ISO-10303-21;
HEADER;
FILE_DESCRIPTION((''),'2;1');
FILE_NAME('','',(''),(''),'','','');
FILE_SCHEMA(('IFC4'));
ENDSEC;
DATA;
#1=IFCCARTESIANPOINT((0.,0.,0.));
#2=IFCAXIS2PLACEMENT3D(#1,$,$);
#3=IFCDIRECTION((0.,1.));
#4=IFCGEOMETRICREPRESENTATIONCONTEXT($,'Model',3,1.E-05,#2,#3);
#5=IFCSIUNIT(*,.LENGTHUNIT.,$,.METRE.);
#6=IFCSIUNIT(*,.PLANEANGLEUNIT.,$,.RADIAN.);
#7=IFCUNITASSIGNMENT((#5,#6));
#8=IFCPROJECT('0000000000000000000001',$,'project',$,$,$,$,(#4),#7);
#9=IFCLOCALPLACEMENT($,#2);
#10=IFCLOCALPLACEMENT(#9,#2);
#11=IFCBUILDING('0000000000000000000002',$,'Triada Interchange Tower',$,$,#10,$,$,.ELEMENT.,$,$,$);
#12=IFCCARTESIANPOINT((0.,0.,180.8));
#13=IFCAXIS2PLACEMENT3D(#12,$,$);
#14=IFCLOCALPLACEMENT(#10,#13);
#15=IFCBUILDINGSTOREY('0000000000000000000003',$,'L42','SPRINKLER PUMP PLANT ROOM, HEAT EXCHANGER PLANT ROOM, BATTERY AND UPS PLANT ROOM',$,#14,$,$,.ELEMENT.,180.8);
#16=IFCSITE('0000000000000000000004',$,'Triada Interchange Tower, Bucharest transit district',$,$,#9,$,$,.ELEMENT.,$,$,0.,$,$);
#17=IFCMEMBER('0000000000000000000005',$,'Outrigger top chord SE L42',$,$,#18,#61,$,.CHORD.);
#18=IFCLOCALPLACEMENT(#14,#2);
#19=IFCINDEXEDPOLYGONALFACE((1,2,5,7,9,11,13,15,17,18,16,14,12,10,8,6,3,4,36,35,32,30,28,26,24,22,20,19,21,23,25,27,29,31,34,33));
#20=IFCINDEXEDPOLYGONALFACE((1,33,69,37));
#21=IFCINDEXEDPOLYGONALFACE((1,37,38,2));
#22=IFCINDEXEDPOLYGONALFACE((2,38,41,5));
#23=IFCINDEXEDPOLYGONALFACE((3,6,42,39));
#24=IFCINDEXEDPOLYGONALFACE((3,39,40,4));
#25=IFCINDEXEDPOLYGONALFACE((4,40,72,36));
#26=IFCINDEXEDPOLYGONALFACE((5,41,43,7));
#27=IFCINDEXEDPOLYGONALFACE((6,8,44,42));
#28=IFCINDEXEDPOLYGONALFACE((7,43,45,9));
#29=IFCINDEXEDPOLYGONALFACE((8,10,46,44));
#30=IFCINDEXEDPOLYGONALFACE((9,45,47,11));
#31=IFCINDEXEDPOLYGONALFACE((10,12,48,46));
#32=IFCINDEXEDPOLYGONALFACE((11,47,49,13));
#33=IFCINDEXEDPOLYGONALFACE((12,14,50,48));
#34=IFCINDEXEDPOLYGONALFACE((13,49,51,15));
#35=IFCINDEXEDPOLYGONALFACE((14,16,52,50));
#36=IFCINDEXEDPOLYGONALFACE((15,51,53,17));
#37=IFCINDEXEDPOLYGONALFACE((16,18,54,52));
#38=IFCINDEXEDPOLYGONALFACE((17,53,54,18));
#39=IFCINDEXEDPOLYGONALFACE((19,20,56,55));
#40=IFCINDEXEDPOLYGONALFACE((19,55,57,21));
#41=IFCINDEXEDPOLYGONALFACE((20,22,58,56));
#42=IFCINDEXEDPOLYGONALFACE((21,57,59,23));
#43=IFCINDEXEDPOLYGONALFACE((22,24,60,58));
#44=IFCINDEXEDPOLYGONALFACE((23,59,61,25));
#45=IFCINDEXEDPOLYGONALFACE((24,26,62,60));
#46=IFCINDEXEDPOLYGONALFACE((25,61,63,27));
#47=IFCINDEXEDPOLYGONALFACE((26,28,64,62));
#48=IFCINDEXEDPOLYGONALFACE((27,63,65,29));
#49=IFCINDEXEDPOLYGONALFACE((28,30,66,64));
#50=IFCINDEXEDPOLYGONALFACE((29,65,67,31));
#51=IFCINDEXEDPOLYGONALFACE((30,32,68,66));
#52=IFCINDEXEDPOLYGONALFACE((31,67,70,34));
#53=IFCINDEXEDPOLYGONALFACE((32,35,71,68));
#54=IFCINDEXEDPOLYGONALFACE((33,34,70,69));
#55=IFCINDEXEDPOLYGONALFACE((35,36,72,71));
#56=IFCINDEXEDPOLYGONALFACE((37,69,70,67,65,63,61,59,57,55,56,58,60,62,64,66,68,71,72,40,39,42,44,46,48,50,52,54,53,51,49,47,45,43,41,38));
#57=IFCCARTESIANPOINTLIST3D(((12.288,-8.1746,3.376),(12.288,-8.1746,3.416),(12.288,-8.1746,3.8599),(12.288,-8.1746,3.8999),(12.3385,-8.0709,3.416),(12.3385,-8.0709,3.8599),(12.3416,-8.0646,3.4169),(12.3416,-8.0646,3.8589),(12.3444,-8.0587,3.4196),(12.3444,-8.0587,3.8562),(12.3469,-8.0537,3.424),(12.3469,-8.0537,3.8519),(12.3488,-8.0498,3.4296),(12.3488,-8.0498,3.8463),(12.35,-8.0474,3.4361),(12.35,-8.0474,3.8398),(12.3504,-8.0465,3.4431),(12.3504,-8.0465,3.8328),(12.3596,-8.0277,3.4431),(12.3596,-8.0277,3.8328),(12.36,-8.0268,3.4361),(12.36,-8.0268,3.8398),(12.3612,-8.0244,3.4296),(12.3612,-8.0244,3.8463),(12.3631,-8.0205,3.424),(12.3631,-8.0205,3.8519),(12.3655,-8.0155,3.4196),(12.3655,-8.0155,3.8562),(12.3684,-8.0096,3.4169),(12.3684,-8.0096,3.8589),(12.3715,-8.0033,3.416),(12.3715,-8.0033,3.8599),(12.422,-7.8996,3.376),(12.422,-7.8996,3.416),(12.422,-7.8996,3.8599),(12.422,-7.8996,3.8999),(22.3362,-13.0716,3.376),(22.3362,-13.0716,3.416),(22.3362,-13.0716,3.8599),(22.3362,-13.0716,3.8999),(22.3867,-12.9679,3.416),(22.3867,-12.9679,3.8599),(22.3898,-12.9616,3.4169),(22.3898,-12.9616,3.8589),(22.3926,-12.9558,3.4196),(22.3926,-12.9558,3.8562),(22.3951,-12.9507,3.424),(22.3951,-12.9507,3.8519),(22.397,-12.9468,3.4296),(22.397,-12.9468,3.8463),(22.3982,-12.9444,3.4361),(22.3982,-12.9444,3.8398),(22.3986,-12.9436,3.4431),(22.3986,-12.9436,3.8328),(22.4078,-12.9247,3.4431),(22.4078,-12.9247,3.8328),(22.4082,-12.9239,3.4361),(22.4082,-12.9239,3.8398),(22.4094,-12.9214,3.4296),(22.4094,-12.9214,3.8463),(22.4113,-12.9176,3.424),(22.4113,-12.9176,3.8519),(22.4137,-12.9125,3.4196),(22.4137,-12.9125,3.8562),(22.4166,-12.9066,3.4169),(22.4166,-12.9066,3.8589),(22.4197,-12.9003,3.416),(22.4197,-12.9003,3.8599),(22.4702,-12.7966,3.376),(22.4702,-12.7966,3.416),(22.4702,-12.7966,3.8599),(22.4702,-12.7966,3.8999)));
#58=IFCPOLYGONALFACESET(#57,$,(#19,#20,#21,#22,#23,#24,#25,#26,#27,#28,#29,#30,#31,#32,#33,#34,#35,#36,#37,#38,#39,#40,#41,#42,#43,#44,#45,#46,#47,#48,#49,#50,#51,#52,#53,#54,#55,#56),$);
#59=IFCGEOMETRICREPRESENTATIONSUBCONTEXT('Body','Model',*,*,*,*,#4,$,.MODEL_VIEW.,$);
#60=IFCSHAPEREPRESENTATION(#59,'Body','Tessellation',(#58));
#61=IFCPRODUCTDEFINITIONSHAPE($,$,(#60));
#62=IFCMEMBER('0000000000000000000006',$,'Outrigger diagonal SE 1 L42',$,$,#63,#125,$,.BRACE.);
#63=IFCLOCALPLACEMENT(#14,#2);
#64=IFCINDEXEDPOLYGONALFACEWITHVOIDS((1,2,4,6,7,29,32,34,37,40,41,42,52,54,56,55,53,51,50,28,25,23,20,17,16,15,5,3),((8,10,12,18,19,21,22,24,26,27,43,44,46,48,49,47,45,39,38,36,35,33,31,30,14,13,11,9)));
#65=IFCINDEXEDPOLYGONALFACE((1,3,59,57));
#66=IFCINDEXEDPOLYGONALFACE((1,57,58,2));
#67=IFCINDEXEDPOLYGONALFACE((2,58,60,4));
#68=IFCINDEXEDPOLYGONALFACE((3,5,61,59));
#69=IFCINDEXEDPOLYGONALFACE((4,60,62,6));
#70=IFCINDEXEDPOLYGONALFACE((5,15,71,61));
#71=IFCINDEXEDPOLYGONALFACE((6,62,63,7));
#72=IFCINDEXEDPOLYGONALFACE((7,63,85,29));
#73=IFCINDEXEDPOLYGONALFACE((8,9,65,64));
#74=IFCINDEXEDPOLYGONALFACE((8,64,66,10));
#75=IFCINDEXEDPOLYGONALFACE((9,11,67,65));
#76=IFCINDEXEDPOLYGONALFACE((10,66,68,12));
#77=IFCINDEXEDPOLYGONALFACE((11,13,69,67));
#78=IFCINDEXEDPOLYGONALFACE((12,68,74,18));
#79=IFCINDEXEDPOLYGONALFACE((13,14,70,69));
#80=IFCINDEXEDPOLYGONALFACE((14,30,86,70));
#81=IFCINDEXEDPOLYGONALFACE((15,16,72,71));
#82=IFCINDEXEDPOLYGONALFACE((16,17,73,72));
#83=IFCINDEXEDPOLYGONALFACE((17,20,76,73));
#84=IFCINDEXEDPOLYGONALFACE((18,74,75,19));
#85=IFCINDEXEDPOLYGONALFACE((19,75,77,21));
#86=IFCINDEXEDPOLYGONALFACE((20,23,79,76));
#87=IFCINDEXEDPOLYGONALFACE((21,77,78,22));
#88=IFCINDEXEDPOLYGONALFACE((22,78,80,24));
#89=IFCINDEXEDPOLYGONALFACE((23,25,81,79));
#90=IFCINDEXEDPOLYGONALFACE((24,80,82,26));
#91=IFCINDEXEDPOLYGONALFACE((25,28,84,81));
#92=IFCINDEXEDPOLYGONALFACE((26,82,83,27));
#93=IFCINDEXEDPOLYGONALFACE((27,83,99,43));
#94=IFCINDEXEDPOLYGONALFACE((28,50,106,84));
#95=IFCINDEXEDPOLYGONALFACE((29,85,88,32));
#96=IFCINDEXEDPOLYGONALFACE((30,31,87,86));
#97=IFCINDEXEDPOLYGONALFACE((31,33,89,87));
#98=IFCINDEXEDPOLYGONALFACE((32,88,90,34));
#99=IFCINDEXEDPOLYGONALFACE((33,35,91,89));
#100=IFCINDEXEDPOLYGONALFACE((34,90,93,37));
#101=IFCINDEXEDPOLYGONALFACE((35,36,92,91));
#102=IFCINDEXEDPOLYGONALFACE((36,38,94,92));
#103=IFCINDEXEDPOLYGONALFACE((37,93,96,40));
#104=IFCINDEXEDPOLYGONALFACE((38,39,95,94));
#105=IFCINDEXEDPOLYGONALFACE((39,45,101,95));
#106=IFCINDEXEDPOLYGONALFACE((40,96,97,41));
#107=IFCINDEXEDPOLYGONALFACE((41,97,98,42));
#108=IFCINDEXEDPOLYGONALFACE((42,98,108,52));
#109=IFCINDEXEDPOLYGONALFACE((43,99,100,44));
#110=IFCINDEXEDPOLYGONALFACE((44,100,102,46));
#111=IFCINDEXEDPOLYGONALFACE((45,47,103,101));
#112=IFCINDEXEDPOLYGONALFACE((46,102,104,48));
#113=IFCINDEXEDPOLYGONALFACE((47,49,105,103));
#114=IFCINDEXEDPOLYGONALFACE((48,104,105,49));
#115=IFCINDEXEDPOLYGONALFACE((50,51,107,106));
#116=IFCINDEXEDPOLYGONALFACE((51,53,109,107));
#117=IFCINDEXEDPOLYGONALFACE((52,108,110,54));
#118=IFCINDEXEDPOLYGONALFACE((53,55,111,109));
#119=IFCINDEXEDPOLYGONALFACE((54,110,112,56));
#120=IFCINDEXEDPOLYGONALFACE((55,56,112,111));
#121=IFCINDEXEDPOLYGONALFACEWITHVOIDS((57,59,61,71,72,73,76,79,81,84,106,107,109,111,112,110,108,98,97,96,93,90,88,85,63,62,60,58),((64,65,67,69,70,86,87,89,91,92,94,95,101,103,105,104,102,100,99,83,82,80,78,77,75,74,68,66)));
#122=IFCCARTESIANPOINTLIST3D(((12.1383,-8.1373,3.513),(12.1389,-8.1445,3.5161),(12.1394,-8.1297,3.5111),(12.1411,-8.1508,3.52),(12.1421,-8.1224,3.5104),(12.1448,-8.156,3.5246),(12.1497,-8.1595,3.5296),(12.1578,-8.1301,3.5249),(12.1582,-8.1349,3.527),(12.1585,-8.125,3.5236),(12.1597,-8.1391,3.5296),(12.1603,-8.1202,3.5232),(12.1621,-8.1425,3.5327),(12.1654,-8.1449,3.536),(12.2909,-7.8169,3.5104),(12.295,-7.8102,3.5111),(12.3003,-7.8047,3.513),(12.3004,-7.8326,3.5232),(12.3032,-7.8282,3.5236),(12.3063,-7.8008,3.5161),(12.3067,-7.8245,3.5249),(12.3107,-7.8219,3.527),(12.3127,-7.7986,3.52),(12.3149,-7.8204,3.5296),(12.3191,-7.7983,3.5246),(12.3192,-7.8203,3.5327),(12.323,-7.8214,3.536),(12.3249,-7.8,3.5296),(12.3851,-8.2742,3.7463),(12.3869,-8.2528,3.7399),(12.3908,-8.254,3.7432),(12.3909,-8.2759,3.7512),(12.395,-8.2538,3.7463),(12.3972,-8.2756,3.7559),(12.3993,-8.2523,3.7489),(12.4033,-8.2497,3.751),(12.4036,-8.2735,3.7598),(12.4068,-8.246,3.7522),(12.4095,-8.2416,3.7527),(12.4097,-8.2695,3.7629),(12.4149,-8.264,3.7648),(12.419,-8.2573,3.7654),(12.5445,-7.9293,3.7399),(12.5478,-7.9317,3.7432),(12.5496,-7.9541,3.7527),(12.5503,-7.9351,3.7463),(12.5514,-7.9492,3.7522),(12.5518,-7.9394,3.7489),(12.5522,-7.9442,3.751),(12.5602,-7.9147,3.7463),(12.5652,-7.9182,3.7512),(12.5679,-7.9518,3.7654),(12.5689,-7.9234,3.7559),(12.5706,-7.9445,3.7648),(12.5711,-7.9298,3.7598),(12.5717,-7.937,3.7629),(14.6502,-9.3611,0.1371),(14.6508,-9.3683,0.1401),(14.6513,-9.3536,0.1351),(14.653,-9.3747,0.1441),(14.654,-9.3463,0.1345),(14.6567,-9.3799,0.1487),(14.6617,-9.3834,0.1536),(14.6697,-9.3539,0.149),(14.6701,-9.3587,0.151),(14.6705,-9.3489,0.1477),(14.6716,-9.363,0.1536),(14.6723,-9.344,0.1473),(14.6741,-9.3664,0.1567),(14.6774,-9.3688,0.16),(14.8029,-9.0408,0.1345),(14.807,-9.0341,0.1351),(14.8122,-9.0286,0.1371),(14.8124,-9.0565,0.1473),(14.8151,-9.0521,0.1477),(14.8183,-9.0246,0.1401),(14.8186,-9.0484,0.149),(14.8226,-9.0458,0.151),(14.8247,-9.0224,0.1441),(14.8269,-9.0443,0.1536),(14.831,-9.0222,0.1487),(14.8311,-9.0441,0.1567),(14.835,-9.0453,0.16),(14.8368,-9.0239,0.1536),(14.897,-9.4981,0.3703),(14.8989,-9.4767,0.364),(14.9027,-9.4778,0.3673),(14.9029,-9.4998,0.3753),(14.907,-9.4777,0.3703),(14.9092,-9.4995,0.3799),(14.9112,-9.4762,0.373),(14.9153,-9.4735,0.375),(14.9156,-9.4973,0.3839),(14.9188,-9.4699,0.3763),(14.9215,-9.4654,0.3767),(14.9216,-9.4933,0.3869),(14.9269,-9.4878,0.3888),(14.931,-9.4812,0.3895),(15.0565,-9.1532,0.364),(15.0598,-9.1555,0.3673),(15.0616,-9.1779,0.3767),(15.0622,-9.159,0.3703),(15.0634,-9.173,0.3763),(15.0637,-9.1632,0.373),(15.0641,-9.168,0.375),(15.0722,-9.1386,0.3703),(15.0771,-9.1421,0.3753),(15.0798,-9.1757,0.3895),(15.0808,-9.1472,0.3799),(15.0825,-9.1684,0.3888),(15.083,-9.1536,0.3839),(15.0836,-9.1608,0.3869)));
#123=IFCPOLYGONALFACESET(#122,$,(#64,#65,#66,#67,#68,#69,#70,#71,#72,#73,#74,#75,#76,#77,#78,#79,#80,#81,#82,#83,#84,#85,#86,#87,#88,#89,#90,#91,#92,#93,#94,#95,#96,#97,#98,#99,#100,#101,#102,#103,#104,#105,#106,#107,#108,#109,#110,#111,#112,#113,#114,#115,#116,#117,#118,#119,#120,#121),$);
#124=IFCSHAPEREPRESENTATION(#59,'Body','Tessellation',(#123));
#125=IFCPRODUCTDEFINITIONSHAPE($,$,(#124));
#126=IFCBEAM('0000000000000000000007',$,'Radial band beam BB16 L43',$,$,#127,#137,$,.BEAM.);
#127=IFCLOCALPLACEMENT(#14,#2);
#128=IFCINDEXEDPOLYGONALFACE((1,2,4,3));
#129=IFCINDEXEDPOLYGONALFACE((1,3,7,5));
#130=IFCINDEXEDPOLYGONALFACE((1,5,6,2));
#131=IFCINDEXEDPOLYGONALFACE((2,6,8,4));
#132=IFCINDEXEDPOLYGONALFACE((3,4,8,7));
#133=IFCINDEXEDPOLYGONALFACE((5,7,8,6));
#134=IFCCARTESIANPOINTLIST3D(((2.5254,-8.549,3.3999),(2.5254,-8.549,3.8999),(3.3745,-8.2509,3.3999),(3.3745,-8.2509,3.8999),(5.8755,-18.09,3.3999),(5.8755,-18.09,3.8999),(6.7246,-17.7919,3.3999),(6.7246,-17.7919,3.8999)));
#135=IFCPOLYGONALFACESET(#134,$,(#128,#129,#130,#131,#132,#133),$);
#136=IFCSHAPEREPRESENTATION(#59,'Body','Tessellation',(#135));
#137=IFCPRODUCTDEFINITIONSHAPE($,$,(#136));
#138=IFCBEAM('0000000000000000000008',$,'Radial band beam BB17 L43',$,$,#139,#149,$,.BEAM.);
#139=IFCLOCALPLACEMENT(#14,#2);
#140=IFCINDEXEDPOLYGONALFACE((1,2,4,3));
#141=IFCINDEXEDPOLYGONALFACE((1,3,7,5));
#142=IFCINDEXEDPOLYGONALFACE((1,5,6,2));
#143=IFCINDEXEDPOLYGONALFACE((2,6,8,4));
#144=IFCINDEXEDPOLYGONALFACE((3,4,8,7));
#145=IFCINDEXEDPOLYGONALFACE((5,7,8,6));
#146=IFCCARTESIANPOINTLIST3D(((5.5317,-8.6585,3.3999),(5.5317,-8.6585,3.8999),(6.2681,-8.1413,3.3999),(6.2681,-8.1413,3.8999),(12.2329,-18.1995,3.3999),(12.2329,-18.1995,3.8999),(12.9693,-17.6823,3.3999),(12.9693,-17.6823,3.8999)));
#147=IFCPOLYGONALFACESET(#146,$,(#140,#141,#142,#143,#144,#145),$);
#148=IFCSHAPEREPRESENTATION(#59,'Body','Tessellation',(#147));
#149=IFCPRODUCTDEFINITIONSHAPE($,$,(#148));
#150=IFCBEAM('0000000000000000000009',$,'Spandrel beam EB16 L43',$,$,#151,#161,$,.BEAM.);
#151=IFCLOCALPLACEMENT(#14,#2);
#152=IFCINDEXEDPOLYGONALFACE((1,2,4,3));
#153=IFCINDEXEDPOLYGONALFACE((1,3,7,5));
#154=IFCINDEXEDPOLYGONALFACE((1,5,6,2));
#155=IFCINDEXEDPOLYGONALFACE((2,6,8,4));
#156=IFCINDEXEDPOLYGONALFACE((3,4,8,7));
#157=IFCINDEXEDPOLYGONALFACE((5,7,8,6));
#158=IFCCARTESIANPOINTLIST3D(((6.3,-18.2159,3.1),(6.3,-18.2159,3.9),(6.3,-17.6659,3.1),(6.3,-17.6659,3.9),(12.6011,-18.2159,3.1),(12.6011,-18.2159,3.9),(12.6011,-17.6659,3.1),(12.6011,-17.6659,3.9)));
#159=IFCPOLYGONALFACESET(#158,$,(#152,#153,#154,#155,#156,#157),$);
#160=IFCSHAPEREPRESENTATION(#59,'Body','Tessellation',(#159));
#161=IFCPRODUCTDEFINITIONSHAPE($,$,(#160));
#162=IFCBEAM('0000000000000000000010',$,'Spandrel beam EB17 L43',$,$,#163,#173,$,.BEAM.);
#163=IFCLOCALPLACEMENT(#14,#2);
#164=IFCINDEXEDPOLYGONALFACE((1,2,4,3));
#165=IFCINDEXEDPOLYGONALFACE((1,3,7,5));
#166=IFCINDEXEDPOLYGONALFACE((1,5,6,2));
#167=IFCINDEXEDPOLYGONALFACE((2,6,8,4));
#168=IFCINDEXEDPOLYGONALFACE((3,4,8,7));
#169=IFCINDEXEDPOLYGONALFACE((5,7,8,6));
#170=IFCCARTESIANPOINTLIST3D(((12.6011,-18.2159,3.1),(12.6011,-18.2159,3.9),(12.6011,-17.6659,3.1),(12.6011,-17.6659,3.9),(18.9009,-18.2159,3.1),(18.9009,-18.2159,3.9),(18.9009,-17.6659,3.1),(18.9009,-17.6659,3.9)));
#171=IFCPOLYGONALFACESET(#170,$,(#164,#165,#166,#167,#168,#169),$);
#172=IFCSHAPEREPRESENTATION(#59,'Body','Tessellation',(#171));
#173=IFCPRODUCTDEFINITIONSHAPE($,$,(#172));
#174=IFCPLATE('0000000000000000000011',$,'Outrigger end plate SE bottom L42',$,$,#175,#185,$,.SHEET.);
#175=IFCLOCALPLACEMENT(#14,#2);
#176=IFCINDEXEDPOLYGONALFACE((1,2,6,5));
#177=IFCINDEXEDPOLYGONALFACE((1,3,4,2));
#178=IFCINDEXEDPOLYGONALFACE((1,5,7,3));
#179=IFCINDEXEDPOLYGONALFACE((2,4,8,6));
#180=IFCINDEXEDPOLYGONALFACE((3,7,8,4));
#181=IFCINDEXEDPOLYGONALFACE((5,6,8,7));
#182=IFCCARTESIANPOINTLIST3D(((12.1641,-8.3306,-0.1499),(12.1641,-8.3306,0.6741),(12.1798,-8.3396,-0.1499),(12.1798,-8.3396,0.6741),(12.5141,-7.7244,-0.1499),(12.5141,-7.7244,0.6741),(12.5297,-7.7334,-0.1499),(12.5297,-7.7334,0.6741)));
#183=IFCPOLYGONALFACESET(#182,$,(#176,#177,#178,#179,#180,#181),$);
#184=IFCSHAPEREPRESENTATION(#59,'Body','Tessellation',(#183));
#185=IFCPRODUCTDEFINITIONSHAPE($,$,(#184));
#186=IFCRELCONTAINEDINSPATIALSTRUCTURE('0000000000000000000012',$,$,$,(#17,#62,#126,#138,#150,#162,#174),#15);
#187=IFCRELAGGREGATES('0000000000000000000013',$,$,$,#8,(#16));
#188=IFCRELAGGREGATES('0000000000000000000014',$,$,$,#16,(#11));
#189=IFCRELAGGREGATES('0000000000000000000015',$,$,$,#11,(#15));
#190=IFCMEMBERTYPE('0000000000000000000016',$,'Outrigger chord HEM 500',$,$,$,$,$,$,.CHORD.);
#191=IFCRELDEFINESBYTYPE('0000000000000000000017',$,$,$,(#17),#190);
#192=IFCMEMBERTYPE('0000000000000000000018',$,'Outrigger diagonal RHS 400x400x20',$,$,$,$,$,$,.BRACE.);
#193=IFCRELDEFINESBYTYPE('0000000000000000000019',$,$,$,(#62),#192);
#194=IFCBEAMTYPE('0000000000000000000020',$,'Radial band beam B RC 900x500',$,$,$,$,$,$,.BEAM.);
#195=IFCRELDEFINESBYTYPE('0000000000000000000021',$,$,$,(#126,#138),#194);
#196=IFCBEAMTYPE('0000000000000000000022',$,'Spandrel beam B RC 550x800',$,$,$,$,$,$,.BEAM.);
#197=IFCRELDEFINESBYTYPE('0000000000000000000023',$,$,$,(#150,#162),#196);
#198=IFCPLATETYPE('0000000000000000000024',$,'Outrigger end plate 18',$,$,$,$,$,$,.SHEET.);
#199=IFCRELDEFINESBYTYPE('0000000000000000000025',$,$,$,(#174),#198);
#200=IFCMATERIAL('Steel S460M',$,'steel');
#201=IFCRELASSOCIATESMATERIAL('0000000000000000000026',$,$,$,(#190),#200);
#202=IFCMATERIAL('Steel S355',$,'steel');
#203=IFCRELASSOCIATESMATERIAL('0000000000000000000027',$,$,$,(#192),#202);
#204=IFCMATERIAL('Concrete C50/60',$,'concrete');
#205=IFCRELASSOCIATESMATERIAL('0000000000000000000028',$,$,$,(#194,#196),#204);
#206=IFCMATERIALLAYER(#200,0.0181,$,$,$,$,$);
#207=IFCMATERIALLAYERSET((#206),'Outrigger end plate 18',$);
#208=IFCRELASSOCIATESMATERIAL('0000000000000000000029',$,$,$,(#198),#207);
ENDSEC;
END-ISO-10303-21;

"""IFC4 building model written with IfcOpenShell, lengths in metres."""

from ifc_helpers import new_model, si_unit, direction, frame, origin, origin_2d, place, context, subcontext, project, spatial, rectangle, hollow_rectangle, i_section, extrude, material, layer, layer_set, material_profile, profile_set, type_object, element, save


model = new_model("IFC4")

# Units and contexts
model_context = context("Model", 3, precision=1e-05, world=origin(), true_north=direction((0.0, 1.0)))
body_context = subcontext(model_context, "Body", "Model", "MODEL_VIEW")
ifc_project = project(units=[si_unit("LENGTHUNIT", "METRE"), si_unit("PLANEANGLEUNIT", "RADIAN")], contexts=[model_context])

# Site, building, storey
site_placement = place(None, origin())
site = spatial("IfcSite", under=ifc_project, at=site_placement, Name="Triada Interchange Tower, Bucharest transit district", CompositionType="ELEMENT", RefElevation=0.0)
building_placement = place(site_placement, origin())
building = spatial("IfcBuilding", under=site, at=building_placement, Name="Triada Interchange Tower", CompositionType="ELEMENT")
storey_placement = place(building_placement, frame((0.0, 0.0, 180.8)))
storey = spatial("IfcBuildingStorey", under=building, at=storey_placement, Name="L42", Description="SPRINKLER PUMP PLANT ROOM, HEAT EXCHANGER PLANT ROOM, BATTERY AND UPS PLANT ROOM", CompositionType="ELEMENT", Elevation=180.8)

# Members
ifc_material_1 = material(Name="Steel S355", Category="steel")
ifc_material_2 = material(Name="Steel S460M", Category="steel")
ifc_material_profile_1 = material_profile(ifc_material_2, i_section(OverallWidth=0.3059, OverallDepth=0.5239, WebThickness=0.021, FlangeThickness=0.04, FilletRadius=0.0271, at=origin_2d()), Name="HEM 500")
ifc_profile_set_1 = profile_set([ifc_material_profile_1], Name="Steel S460M")
member_type_1 = type_object("IfcMemberType", Name="Outrigger chord HEM 500", PredefinedType="CHORD", material=ifc_profile_set_1)
for number, where, z_axis, x_axis, name in (
    (1, (12.355, -8.0371, 3.6379), (0.898928, -0.438096, 0.0), (0.438096, 0.898928, 0.0), "Outrigger top chord SE L42"),
):
    element("IfcMember", number, at=place(storey_placement, frame(where, z_axis=z_axis, x_axis=x_axis)), inside=storey, type_object=member_type_1, Name=name, PredefinedType="CHORD", context=body_context, shape_type="SweptSolid", body=[
        extrude(i_section(OverallWidth=0.3059, OverallDepth=0.5239, WebThickness=0.021, FlangeThickness=0.04, FilletRadius=0.0271, at=origin_2d()), origin(), (0.0, 0.0, 1.0), 11.178),
    ])
ifc_material_profile_2 = material_profile(ifc_material_1, hollow_rectangle(XDim=0.3999, YDim=0.3999, WallThickness=0.02, InnerFilletRadius=0.02, OuterFilletRadius=0.03, at=origin_2d()), Name="RHS 400x400x20")
ifc_profile_set_2 = profile_set([ifc_material_profile_2], Name="Steel S355")
member_type_2 = type_object("IfcMemberType", Name="Outrigger diagonal RHS 400x400x20", PredefinedType="BRACE", material=ifc_profile_set_2)
member_1_placement = place(storey_placement, frame((12.355, -8.0371, 3.6379), z_axis=(0.573199, -0.279274, -0.770356), x_axis=(0.437998, 0.898976, 0.0)))
element("IfcMember", 2, at=member_1_placement, inside=storey, type_object=member_type_2, Name="Outrigger diagonal SE 1 L42", PredefinedType="BRACE", context=body_context, shape_type="SweptSolid", body=[
    extrude(hollow_rectangle(XDim=0.3999, YDim=0.3999, WallThickness=0.02, InnerFilletRadius=0.02, OuterFilletRadius=0.03, at=origin_2d()), origin(), (0.0, 0.0, 1.0), 4.3823),
])

# Beams
ifc_material_3 = material(Name="Concrete C50/60", Category="concrete")
ifc_material_profile_3 = material_profile(ifc_material_3, rectangle(XDim=0.8999, YDim=0.5, at=origin_2d()), Name="RC 900x500")
ifc_profile_set_3 = profile_set([ifc_material_profile_3], Name="Concrete C50/60")
beam_type_1 = type_object("IfcBeamType", Name="Radial band beam B RC 900x500", PredefinedType="BEAM", material=ifc_profile_set_3)
beam_1_placement = place(storey_placement, frame((6.3, -17.9409, 3.6499), z_axis=(-0.331297, 0.943527, 0.0), x_axis=(-0.943527, -0.331297, 0.0)))
element("IfcBeam", 3, at=beam_1_placement, inside=storey, type_object=beam_type_1, Name="Radial band beam BB16 L43", PredefinedType="BEAM", context=body_context, shape_type="SweptSolid", body=[
    extrude(rectangle(XDim=0.8999, YDim=0.5, at=origin_2d()), origin(), (0.0, 0.0, 1.0), 10.1121),
])
beam_2_placement = place(storey_placement, frame((12.6011, -17.9409, 3.6499), z_axis=(-0.574755, 0.818326, 0.0), x_axis=(-0.818326, -0.574755, 0.0)))
element("IfcBeam", 4, at=beam_2_placement, inside=storey, type_object=beam_type_1, Name="Radial band beam BB17 L43", PredefinedType="BEAM", context=body_context, shape_type="SweptSolid", body=[
    extrude(rectangle(XDim=0.8999, YDim=0.5, at=origin_2d()), origin(), (0.0, 0.0, 1.0), 11.6592),
])
ifc_material_profile_4 = material_profile(ifc_material_3, rectangle(XDim=0.55, YDim=0.8, at=origin_2d()), Name="RC 550x800")
ifc_profile_set_4 = profile_set([ifc_material_profile_4], Name="Concrete C50/60")
beam_type_2 = type_object("IfcBeamType", Name="Spandrel beam B RC 550x800", PredefinedType="BEAM", material=ifc_profile_set_4)
beam_3_placement = place(storey_placement, frame((6.3, -17.9409, 3.5), z_axis=(1.0, 0.0, 0.0), x_axis=(0.0, 1.0, 0.0)))
element("IfcBeam", 5, at=beam_3_placement, inside=storey, type_object=beam_type_2, Name="Spandrel beam EB16 L43", PredefinedType="BEAM", context=body_context, shape_type="SweptSolid", body=[
    extrude(rectangle(XDim=0.55, YDim=0.8, at=origin_2d()), origin(), (0.0, 0.0, 1.0), 6.301),
])
beam_4_placement = place(storey_placement, frame((12.6011, -17.9409, 3.5), z_axis=(1.0, 0.0, 0.0), x_axis=(0.0, 1.0, 0.0)))
element("IfcBeam", 6, at=beam_4_placement, inside=storey, type_object=beam_type_2, Name="Spandrel beam EB17 L43", PredefinedType="BEAM", context=body_context, shape_type="SweptSolid", body=[
    extrude(rectangle(XDim=0.55, YDim=0.8, at=origin_2d()), origin(), (0.0, 0.0, 1.0), 6.2998),
])

# Plate
ifc_layer_1 = layer(ifc_material_2, 0.0181)
ifc_layer_set_1 = layer_set([ifc_layer_1], Name="Outrigger end plate 18")
plate_type = type_object("IfcPlateType", Name="Outrigger end plate 18", PredefinedType="SHEET", material=ifc_layer_set_1)
plate_placement = place(storey_placement, frame((12.3469, -8.032, -0.1499), z_axis=(0.0, 0.0, 1.0), x_axis=(0.866025, -0.5, 0.0)))
element("IfcPlate", 7, at=plate_placement, inside=storey, type_object=plate_type, Name="Outrigger end plate SE bottom L42", PredefinedType="SHEET", context=body_context, shape_type="SweptSolid", body=[
    extrude(rectangle(XDim=0.0181, YDim=0.7, at=origin_2d()), origin(), (0.0, 0.0, 1.0), 0.824),
])

save(model, "model.ifc")
